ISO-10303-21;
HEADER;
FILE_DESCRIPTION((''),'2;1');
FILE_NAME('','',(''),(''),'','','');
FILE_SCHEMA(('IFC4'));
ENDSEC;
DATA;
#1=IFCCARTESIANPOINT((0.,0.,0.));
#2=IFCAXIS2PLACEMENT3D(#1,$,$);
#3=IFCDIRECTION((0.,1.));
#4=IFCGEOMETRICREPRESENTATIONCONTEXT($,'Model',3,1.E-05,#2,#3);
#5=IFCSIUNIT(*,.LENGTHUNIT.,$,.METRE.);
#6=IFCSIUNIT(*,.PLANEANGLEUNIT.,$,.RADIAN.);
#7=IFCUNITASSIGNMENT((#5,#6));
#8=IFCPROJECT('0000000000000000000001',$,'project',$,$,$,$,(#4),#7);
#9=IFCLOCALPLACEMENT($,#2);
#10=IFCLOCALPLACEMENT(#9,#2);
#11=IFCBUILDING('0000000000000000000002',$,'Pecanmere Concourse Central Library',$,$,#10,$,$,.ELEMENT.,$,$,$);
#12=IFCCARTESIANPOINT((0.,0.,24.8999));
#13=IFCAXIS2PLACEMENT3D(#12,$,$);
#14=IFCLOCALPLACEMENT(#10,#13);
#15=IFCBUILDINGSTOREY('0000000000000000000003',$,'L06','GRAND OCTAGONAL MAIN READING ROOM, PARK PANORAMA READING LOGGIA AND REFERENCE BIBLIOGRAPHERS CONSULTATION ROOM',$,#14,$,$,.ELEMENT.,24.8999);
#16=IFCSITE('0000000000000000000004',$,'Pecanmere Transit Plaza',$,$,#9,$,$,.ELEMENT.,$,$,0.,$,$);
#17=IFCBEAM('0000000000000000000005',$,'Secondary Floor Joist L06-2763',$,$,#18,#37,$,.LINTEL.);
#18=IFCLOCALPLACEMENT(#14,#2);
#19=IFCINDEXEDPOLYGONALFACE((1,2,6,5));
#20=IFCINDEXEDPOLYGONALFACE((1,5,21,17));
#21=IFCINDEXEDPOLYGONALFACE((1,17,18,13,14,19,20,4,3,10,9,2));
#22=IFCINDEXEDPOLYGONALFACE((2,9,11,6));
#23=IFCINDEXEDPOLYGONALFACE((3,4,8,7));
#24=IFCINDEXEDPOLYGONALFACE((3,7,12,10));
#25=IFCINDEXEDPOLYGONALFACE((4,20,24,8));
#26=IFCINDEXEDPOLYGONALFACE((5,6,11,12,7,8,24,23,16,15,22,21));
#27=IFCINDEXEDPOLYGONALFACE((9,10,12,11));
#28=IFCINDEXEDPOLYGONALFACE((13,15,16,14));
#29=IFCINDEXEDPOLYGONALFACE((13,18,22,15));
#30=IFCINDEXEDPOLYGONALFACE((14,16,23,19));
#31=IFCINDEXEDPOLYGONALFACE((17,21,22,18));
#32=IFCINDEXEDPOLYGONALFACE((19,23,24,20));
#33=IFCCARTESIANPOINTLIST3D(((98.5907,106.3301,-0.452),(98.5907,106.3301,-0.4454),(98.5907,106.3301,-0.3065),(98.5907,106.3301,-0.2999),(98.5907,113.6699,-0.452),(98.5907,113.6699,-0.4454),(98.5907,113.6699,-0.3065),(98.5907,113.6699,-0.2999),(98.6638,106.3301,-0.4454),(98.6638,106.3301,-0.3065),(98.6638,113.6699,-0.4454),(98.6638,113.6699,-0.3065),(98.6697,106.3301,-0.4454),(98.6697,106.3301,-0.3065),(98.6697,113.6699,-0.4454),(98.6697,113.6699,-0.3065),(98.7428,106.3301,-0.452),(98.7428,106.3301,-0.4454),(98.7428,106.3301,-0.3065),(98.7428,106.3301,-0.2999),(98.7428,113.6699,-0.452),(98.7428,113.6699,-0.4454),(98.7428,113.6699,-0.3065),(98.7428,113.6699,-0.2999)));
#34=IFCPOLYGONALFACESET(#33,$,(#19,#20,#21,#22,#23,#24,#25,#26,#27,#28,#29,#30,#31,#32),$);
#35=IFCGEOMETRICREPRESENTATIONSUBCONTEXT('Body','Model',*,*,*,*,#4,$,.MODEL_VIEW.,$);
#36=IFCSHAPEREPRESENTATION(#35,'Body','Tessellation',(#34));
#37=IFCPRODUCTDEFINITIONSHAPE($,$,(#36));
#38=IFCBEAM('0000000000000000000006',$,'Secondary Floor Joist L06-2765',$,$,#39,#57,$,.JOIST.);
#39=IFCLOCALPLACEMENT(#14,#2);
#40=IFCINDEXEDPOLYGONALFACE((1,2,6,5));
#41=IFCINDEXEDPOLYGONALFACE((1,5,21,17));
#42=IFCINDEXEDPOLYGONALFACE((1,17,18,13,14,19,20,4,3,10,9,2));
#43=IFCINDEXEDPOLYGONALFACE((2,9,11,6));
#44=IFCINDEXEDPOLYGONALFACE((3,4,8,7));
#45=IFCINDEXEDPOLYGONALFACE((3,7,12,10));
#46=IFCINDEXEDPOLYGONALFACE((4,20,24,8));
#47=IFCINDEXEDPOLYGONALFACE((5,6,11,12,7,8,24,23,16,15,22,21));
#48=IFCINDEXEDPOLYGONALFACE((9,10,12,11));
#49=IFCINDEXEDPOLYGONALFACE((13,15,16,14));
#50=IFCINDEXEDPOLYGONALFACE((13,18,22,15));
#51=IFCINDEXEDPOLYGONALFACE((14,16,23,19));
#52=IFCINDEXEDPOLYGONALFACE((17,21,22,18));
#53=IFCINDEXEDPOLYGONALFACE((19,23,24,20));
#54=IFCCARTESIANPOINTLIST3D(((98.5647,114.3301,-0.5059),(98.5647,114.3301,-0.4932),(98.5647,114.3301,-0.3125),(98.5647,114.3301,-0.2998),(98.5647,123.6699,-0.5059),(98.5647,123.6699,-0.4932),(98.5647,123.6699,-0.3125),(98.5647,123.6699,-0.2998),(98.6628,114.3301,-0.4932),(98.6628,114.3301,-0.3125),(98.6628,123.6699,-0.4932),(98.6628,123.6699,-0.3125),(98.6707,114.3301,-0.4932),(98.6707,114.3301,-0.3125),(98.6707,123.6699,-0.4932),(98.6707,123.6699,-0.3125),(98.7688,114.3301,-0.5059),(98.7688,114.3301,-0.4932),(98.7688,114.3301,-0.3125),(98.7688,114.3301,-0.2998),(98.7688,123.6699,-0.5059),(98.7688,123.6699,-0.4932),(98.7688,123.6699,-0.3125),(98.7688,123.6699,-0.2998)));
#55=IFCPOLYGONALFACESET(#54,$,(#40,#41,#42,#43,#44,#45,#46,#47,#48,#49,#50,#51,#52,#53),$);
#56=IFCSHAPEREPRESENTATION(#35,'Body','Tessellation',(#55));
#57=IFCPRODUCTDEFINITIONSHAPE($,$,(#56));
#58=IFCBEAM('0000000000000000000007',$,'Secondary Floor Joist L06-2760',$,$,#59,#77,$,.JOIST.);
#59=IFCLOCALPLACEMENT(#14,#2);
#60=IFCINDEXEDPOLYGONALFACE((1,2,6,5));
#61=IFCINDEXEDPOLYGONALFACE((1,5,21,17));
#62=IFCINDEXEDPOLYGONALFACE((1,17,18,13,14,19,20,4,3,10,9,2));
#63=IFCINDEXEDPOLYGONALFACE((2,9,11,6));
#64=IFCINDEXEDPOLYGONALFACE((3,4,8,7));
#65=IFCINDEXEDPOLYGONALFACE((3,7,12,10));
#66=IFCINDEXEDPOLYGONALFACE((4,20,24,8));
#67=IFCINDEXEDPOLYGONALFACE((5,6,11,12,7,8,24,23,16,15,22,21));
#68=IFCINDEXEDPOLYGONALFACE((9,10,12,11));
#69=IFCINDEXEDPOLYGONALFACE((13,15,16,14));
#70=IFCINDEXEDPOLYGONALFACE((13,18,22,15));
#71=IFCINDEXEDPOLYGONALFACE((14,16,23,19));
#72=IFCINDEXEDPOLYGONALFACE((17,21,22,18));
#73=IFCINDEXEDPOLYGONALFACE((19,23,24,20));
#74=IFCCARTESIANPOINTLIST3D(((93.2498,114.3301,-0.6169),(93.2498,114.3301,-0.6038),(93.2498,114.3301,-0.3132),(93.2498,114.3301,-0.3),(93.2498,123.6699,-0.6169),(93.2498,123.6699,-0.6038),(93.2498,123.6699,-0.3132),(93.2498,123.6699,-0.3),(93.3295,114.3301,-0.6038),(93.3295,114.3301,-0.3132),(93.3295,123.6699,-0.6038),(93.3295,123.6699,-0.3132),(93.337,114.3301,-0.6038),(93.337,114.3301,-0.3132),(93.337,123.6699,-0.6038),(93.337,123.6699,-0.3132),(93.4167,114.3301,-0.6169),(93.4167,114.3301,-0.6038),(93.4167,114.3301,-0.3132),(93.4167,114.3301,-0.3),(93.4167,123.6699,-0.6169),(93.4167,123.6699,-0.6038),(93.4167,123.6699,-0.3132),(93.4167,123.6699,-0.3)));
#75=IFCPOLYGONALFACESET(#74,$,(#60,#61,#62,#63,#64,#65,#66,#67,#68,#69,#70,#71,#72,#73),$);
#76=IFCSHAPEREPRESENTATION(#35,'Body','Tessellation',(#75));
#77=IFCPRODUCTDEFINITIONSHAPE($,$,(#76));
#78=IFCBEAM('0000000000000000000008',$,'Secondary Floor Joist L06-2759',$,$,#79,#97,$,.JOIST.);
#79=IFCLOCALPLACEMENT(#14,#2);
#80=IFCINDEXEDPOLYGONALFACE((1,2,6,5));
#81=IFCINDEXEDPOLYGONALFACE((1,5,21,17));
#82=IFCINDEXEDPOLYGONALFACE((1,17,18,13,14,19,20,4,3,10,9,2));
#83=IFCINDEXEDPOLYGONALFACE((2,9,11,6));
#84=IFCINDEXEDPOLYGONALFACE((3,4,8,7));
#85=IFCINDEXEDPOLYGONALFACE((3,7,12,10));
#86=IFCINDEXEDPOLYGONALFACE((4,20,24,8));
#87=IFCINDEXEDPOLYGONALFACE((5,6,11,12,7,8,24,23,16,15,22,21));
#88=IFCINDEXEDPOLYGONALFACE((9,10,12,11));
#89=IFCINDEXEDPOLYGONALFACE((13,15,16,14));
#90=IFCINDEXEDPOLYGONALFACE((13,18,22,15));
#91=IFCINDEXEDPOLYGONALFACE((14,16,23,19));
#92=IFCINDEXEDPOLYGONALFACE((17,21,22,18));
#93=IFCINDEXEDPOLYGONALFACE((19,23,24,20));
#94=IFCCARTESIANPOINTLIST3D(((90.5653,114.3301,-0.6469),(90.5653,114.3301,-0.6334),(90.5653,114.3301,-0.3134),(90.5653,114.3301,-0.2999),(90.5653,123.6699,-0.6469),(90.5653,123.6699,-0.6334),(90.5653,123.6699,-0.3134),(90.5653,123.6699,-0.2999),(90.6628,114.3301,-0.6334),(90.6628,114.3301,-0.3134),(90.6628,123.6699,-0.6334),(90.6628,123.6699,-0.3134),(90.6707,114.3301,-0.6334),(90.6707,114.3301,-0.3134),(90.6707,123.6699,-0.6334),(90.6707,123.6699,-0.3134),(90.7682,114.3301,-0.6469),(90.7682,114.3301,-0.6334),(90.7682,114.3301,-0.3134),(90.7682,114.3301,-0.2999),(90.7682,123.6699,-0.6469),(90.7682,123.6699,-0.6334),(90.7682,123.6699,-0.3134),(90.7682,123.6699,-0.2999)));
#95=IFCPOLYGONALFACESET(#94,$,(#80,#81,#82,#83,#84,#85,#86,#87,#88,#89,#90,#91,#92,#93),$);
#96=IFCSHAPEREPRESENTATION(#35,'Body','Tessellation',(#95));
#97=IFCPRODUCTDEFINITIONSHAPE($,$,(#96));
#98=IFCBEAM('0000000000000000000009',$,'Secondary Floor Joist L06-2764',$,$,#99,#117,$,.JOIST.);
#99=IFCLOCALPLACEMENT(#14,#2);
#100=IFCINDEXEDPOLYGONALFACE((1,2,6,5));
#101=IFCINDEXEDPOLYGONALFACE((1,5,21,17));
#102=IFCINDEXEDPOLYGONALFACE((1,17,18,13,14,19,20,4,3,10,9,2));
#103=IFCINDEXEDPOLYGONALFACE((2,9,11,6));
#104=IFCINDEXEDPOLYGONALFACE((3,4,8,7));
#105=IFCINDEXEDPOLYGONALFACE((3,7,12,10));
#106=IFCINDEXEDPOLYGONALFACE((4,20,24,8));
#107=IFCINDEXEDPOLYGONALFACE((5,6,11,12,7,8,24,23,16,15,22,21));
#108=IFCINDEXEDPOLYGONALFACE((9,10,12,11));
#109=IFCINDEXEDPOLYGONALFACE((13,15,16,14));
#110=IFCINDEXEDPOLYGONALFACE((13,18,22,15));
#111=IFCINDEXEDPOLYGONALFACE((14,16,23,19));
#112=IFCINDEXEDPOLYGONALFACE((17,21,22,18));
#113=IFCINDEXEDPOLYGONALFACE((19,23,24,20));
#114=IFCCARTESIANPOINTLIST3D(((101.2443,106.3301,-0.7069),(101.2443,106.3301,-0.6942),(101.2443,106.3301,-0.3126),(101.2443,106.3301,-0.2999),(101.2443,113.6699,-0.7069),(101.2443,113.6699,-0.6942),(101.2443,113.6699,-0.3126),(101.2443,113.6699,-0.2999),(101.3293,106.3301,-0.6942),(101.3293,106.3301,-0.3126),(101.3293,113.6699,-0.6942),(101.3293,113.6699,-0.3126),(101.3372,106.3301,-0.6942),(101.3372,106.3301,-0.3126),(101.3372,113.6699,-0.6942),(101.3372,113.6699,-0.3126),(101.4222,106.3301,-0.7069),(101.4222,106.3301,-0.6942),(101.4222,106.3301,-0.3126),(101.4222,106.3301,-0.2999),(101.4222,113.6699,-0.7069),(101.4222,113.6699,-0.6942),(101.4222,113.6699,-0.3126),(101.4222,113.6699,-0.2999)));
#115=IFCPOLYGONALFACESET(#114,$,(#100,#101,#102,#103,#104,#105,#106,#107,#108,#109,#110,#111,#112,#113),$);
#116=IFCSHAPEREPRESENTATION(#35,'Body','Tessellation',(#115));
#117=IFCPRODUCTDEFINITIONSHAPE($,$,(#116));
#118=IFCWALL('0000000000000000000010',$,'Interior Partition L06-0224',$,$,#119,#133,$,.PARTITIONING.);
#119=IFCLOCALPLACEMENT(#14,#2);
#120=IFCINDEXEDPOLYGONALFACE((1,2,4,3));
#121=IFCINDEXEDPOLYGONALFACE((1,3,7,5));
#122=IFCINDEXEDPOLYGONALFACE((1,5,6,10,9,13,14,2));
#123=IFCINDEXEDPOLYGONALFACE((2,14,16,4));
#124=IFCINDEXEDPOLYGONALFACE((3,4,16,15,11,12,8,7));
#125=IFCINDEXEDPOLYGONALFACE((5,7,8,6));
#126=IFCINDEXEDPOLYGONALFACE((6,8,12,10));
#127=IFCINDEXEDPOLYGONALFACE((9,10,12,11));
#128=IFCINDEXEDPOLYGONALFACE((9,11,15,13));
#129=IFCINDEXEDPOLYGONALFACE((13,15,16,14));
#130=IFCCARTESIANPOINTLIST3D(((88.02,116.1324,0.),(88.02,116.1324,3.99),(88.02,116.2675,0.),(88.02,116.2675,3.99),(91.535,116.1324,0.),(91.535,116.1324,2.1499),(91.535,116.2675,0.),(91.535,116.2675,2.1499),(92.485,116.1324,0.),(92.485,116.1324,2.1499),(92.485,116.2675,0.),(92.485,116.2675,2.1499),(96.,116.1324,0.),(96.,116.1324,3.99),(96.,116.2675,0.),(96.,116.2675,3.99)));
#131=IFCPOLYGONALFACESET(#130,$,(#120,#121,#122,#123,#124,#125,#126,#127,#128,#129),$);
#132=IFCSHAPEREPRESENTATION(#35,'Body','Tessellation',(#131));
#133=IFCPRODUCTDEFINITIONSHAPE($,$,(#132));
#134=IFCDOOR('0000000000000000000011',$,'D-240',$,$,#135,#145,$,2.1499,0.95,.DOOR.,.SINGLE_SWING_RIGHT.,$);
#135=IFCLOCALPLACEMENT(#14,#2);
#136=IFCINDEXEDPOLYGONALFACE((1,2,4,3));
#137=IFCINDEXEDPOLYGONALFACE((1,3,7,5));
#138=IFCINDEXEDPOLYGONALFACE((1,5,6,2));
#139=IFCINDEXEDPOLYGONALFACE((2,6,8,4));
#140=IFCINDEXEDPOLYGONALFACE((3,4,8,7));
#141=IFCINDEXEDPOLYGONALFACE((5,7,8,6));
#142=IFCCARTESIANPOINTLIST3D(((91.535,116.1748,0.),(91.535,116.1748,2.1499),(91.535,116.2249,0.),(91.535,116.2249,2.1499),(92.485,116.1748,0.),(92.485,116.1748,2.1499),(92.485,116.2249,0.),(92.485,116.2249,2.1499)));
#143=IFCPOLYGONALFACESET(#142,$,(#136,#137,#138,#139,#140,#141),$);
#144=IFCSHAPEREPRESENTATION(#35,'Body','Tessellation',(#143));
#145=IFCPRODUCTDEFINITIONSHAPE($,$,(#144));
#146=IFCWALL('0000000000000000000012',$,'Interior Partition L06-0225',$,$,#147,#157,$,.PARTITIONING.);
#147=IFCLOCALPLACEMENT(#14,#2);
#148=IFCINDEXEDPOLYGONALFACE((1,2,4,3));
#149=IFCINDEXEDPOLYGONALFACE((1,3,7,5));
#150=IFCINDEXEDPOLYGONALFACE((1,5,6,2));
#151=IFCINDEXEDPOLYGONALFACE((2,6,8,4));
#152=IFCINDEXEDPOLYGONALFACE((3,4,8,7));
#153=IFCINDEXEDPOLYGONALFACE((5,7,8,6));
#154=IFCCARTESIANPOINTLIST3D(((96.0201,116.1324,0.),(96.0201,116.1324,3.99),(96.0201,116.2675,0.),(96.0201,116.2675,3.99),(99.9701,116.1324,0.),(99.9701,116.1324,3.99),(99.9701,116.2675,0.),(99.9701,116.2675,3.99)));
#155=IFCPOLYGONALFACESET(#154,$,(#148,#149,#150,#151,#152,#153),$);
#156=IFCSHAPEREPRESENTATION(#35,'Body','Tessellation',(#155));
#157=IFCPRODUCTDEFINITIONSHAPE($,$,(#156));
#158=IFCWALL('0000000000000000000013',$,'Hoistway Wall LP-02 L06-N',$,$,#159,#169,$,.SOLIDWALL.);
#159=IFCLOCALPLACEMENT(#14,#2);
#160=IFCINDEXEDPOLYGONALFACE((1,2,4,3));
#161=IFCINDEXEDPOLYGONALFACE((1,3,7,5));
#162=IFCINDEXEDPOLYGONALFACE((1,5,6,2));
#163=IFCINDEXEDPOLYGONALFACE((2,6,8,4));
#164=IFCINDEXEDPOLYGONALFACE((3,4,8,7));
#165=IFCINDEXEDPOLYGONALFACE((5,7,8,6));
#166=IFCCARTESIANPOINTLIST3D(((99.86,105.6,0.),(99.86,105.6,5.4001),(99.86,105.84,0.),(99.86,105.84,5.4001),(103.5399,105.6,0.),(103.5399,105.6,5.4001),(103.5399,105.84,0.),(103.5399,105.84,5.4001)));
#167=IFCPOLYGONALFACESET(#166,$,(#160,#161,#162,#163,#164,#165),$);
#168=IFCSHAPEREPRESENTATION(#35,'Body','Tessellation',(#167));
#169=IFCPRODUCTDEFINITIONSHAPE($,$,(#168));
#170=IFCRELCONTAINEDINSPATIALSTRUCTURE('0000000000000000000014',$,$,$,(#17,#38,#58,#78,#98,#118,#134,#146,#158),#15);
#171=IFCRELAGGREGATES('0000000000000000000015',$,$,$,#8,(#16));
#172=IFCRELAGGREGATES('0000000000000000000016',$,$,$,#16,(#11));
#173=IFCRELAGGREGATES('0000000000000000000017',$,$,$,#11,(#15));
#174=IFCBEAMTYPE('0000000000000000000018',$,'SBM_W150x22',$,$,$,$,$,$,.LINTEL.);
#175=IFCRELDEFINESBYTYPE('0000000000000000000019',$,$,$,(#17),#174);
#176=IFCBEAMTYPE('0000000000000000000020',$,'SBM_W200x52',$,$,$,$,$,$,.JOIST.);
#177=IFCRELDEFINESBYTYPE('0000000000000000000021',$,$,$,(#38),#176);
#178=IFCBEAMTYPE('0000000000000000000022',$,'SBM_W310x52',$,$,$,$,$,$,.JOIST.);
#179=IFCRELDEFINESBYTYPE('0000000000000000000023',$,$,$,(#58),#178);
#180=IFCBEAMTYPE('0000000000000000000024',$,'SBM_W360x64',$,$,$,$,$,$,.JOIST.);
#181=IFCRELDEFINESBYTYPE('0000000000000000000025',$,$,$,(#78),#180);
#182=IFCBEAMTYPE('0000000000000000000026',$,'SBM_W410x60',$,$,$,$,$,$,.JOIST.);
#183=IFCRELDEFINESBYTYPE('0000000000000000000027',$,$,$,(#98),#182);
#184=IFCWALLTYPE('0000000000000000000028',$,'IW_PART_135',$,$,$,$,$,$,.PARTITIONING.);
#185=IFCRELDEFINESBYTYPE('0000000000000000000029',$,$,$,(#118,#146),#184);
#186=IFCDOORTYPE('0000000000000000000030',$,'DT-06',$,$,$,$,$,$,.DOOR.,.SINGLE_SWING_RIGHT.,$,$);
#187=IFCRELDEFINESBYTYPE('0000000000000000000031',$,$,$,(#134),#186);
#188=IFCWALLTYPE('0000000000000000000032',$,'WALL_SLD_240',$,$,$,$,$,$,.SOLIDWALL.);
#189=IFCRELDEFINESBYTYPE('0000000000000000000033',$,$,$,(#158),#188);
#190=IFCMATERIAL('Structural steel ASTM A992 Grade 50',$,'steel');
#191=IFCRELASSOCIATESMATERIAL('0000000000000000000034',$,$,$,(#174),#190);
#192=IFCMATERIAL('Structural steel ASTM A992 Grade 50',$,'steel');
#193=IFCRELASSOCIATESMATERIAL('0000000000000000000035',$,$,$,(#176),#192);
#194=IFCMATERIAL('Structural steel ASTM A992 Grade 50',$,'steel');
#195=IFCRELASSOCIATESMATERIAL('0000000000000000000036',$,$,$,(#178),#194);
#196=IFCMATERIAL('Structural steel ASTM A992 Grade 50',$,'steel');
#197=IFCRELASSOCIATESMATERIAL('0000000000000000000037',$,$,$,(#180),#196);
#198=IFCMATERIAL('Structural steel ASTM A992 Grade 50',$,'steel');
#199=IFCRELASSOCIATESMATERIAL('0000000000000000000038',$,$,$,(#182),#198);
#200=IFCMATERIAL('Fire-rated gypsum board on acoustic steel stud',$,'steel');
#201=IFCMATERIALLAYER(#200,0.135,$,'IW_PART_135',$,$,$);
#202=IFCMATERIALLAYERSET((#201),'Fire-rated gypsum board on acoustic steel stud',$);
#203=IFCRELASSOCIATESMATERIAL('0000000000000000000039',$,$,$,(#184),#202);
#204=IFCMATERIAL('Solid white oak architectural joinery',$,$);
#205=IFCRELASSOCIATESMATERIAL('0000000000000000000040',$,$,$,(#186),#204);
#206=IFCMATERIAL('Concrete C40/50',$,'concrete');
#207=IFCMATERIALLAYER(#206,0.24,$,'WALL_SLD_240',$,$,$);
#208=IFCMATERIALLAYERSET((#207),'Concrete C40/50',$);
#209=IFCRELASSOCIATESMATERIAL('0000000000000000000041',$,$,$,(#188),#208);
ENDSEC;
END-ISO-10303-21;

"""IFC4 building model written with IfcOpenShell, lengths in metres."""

from ifc_helpers import new_model, si_unit, direction, frame, frame_2d, origin, origin_2d, place, context, subcontext, project, spatial, rectangle, i_section, extrude, material, layer, layer_set, material_profile, profile_set, type_object, element, fill, save


model = new_model("IFC4")

# Units and contexts
model_context = context("Model", 3, precision=1e-05, world=origin(), true_north=direction((0.0, 1.0)))
body_context = subcontext(model_context, "Body", "Model", "MODEL_VIEW")
ifc_project = project(units=[si_unit("LENGTHUNIT", "METRE"), si_unit("PLANEANGLEUNIT", "RADIAN")], contexts=[model_context])

# Site, building, storey
site_placement = place(None, origin())
site = spatial("IfcSite", under=ifc_project, at=site_placement, Name="Pecanmere Transit Plaza", CompositionType="ELEMENT", RefElevation=0.0)
building_placement = place(site_placement, origin())
building = spatial("IfcBuilding", under=site, at=building_placement, Name="Pecanmere Concourse Central Library", CompositionType="ELEMENT")
storey_placement = place(building_placement, frame((0.0, 0.0, 24.8999)))
storey = spatial("IfcBuildingStorey", under=building, at=storey_placement, Name="L06", Description="GRAND OCTAGONAL MAIN READING ROOM, PARK PANORAMA READING LOGGIA AND REFERENCE BIBLIOGRAPHERS CONSULTATION ROOM", CompositionType="ELEMENT", Elevation=24.8999)

# Beams
ifc_material_1 = material(Name="Structural steel ASTM A992 Grade 50", Category="steel")
ifc_material_profile_1 = material_profile(ifc_material_1, i_section(OverallWidth=0.1521, OverallDepth=0.1521, WebThickness=0.0059, FlangeThickness=0.0066, at=origin_2d()), Name="W150x22.5")
ifc_profile_set_1 = profile_set([ifc_material_profile_1], Name="Structural steel ASTM A992 Grade 50")
beam_type_1 = type_object("IfcBeamType", Name="SBM_W150x22", PredefinedType="LINTEL", material=ifc_profile_set_1)
beam_1_placement = place(storey_placement, frame((98.6667, 106.3301, -0.376), z_axis=(0.0, 1.0, 0.0), x_axis=(-1.0, 0.0, 0.0)))
element("IfcBeam", 1, at=beam_1_placement, inside=storey, type_object=beam_type_1, Name="Secondary Floor Joist L06-2763", PredefinedType="LINTEL", context=body_context, shape_type="SweptSolid", body=[
    extrude(i_section(OverallWidth=0.1521, OverallDepth=0.1521, WebThickness=0.0059, FlangeThickness=0.0066, at=origin_2d()), origin(), (0.0, 0.0, 1.0), 7.3398),
])
ifc_material_2 = material(Name="Structural steel ASTM A992 Grade 50", Category="steel")
ifc_material_profile_2 = material_profile(ifc_material_2, i_section(OverallWidth=0.2041, OverallDepth=0.2061, WebThickness=0.0078, FlangeThickness=0.0127, at=origin_2d()), Name="W200x52")
ifc_profile_set_2 = profile_set([ifc_material_profile_2], Name="Structural steel ASTM A992 Grade 50")
beam_type_2 = type_object("IfcBeamType", Name="SBM_W200x52", PredefinedType="JOIST", material=ifc_profile_set_2)
beam_2_placement = place(storey_placement, frame((98.6667, 114.3301, -0.4028), z_axis=(0.0, 1.0, 0.0), x_axis=(-1.0, 0.0, 0.0)))
element("IfcBeam", 2, at=beam_2_placement, inside=storey, type_object=beam_type_2, Name="Secondary Floor Joist L06-2765", PredefinedType="JOIST", context=body_context, shape_type="SweptSolid", body=[
    extrude(i_section(OverallWidth=0.2041, OverallDepth=0.2061, WebThickness=0.0078, FlangeThickness=0.0127, at=origin_2d()), origin(), (0.0, 0.0, 1.0), 9.3398),
])
ifc_material_3 = material(Name="Structural steel ASTM A992 Grade 50", Category="steel")
ifc_material_profile_3 = material_profile(ifc_material_3, i_section(OverallWidth=0.167, OverallDepth=0.3169, WebThickness=0.0076, FlangeThickness=0.0132, at=origin_2d()), Name="W310x52")
ifc_profile_set_3 = profile_set([ifc_material_profile_3], Name="Structural steel ASTM A992 Grade 50")
beam_type_3 = type_object("IfcBeamType", Name="SBM_W310x52", PredefinedType="JOIST", material=ifc_profile_set_3)
beam_3_placement = place(storey_placement, frame((93.3333, 114.3301, -0.4585), z_axis=(0.0, 1.0, 0.0), x_axis=(-1.0, 0.0, 0.0)))
element("IfcBeam", 3, at=beam_3_placement, inside=storey, type_object=beam_type_3, Name="Secondary Floor Joist L06-2760", PredefinedType="JOIST", context=body_context, shape_type="SweptSolid", body=[
    extrude(i_section(OverallWidth=0.167, OverallDepth=0.3169, WebThickness=0.0076, FlangeThickness=0.0132, at=origin_2d()), origin(), (0.0, 0.0, 1.0), 9.3398),
])
ifc_material_4 = material(Name="Structural steel ASTM A992 Grade 50", Category="steel")
ifc_material_profile_4 = material_profile(ifc_material_4, i_section(OverallWidth=0.2029, OverallDepth=0.3469, WebThickness=0.0078, FlangeThickness=0.0134, at=origin_2d()), Name="W360x64")
ifc_profile_set_4 = profile_set([ifc_material_profile_4], Name="Structural steel ASTM A992 Grade 50")
beam_type_4 = type_object("IfcBeamType", Name="SBM_W360x64", PredefinedType="JOIST", material=ifc_profile_set_4)
beam_4_placement = place(storey_placement, frame((90.6667, 114.3301, -0.4734), z_axis=(0.0, 1.0, 0.0), x_axis=(-1.0, 0.0, 0.0)))
element("IfcBeam", 4, at=beam_4_placement, inside=storey, type_object=beam_type_4, Name="Secondary Floor Joist L06-2759", PredefinedType="JOIST", context=body_context, shape_type="SweptSolid", body=[
    extrude(i_section(OverallWidth=0.2029, OverallDepth=0.3469, WebThickness=0.0078, FlangeThickness=0.0134, at=origin_2d()), origin(), (0.0, 0.0, 1.0), 9.3398),
])
ifc_material_5 = material(Name="Structural steel ASTM A992 Grade 50", Category="steel")
ifc_material_profile_5 = material_profile(ifc_material_5, i_section(OverallWidth=0.178, OverallDepth=0.407, WebThickness=0.0078, FlangeThickness=0.0127, at=origin_2d()), Name="W410x60")
ifc_profile_set_5 = profile_set([ifc_material_profile_5], Name="Structural steel ASTM A992 Grade 50")
beam_type_5 = type_object("IfcBeamType", Name="SBM_W410x60", PredefinedType="JOIST", material=ifc_profile_set_5)
beam_5_placement = place(storey_placement, frame((101.3333, 106.3301, -0.5034), z_axis=(0.0, 1.0, 0.0), x_axis=(-1.0, 0.0, 0.0)))
element("IfcBeam", 5, at=beam_5_placement, inside=storey, type_object=beam_type_5, Name="Secondary Floor Joist L06-2764", PredefinedType="JOIST", context=body_context, shape_type="SweptSolid", body=[
    extrude(i_section(OverallWidth=0.178, OverallDepth=0.407, WebThickness=0.0078, FlangeThickness=0.0127, at=origin_2d()), origin(), (0.0, 0.0, 1.0), 7.3398),
])

# Wall, opening, door
ifc_material_6 = material(Name="Fire-rated gypsum board on acoustic steel stud", Category="steel")
ifc_layer_1 = layer(ifc_material_6, 0.135, Name="IW_PART_135")
ifc_layer_set_1 = layer_set([ifc_layer_1], Name="Fire-rated gypsum board on acoustic steel stud")
wall_type_1 = type_object("IfcWallType", Name="IW_PART_135", PredefinedType="PARTITIONING", material=ifc_layer_set_1)
wall_1_placement = place(storey_placement, frame((88.02, 116.2, 0.0), z_axis=(0.0, 0.0, 1.0), x_axis=(1.0, 0.0, 0.0)))
wall_1 = element("IfcWall", 6, at=wall_1_placement, inside=storey, type_object=wall_type_1, Name="Interior Partition L06-0224", PredefinedType="PARTITIONING", context=body_context, shape_type="SweptSolid", body=[
    extrude(rectangle(XDim=7.98, YDim=0.135, at=frame_2d((3.99, 0.0))), origin(), (0.0, 0.0, 1.0), 3.99),
])
opening_1_placement = place(wall_1_placement, frame((3.5149, 0.0, 0.0)))
opening_1 = element("IfcOpeningElement", 7, at=opening_1_placement, cuts=wall_1, PredefinedType="OPENING", context=body_context, shape_type="SweptSolid", body=[
    extrude(rectangle(XDim=0.95, YDim=2.1499, at=frame_2d((0.4751, 1.075))), frame((0.0, 0.0796, 0.0), z_axis=(0.0, -1.0, 0.0), x_axis=(1.0, 0.0, 0.0)), (0.0, 0.0, 1.0), 0.1589),
])
ifc_material_7 = material(Name="Solid white oak architectural joinery")
door_type_1 = type_object("IfcDoorType", Name="DT-06", OperationType="SINGLE_SWING_RIGHT", PredefinedType="DOOR", material=ifc_material_7)
door_1_placement = place(opening_1_placement, origin())
door_1 = element("IfcDoor", 8, at=door_1_placement, inside=storey, type_object=door_type_1, Name="D-240", OperationType="SINGLE_SWING_RIGHT", OverallHeight=2.1499, OverallWidth=0.95, PredefinedType="DOOR", context=body_context, shape_type="SweptSolid", body=[
    extrude(rectangle(XDim=0.95, YDim=2.1499, at=frame_2d((0.4751, 1.075))), frame((0.0, 0.0249, 0.0), z_axis=(0.0, -1.0, 0.0), x_axis=(1.0, 0.0, 0.0)), (0.0, 0.0, 1.0), 0.05),
])
fill(opening_1, door_1)

# Walls
wall_2_placement = place(storey_placement, frame((96.02, 116.2, 0.0), z_axis=(0.0, 0.0, 1.0), x_axis=(1.0, 0.0, 0.0)))
element("IfcWall", 9, at=wall_2_placement, inside=storey, type_object=wall_type_1, Name="Interior Partition L06-0225", PredefinedType="PARTITIONING", context=body_context, shape_type="SweptSolid", body=[
    extrude(rectangle(XDim=3.95, YDim=0.135, at=frame_2d((1.9751, 0.0))), origin(), (0.0, 0.0, 1.0), 3.99),
])
ifc_material_8 = material(Name="Concrete C40/50", Category="concrete")
ifc_layer_2 = layer(ifc_material_8, 0.24, Name="WALL_SLD_240")
ifc_layer_set_2 = layer_set([ifc_layer_2], Name="Concrete C40/50")
wall_type_2 = type_object("IfcWallType", Name="WALL_SLD_240", PredefinedType="SOLIDWALL", material=ifc_layer_set_2)
wall_3_placement = place(storey_placement, frame((99.8601, 105.72, 0.0), z_axis=(0.0, 0.0, 1.0), x_axis=(1.0, 0.0, 0.0)))
element("IfcWall", 10, at=wall_3_placement, inside=storey, type_object=wall_type_2, Name="Hoistway Wall LP-02 L06-N", PredefinedType="SOLIDWALL", context=body_context, shape_type="SweptSolid", body=[
    extrude(rectangle(XDim=3.6799, YDim=0.24, at=frame_2d((1.8398, 0.0))), origin(), (0.0, 0.0, 1.0), 5.4001),
])

save(model, "model.ifc")
